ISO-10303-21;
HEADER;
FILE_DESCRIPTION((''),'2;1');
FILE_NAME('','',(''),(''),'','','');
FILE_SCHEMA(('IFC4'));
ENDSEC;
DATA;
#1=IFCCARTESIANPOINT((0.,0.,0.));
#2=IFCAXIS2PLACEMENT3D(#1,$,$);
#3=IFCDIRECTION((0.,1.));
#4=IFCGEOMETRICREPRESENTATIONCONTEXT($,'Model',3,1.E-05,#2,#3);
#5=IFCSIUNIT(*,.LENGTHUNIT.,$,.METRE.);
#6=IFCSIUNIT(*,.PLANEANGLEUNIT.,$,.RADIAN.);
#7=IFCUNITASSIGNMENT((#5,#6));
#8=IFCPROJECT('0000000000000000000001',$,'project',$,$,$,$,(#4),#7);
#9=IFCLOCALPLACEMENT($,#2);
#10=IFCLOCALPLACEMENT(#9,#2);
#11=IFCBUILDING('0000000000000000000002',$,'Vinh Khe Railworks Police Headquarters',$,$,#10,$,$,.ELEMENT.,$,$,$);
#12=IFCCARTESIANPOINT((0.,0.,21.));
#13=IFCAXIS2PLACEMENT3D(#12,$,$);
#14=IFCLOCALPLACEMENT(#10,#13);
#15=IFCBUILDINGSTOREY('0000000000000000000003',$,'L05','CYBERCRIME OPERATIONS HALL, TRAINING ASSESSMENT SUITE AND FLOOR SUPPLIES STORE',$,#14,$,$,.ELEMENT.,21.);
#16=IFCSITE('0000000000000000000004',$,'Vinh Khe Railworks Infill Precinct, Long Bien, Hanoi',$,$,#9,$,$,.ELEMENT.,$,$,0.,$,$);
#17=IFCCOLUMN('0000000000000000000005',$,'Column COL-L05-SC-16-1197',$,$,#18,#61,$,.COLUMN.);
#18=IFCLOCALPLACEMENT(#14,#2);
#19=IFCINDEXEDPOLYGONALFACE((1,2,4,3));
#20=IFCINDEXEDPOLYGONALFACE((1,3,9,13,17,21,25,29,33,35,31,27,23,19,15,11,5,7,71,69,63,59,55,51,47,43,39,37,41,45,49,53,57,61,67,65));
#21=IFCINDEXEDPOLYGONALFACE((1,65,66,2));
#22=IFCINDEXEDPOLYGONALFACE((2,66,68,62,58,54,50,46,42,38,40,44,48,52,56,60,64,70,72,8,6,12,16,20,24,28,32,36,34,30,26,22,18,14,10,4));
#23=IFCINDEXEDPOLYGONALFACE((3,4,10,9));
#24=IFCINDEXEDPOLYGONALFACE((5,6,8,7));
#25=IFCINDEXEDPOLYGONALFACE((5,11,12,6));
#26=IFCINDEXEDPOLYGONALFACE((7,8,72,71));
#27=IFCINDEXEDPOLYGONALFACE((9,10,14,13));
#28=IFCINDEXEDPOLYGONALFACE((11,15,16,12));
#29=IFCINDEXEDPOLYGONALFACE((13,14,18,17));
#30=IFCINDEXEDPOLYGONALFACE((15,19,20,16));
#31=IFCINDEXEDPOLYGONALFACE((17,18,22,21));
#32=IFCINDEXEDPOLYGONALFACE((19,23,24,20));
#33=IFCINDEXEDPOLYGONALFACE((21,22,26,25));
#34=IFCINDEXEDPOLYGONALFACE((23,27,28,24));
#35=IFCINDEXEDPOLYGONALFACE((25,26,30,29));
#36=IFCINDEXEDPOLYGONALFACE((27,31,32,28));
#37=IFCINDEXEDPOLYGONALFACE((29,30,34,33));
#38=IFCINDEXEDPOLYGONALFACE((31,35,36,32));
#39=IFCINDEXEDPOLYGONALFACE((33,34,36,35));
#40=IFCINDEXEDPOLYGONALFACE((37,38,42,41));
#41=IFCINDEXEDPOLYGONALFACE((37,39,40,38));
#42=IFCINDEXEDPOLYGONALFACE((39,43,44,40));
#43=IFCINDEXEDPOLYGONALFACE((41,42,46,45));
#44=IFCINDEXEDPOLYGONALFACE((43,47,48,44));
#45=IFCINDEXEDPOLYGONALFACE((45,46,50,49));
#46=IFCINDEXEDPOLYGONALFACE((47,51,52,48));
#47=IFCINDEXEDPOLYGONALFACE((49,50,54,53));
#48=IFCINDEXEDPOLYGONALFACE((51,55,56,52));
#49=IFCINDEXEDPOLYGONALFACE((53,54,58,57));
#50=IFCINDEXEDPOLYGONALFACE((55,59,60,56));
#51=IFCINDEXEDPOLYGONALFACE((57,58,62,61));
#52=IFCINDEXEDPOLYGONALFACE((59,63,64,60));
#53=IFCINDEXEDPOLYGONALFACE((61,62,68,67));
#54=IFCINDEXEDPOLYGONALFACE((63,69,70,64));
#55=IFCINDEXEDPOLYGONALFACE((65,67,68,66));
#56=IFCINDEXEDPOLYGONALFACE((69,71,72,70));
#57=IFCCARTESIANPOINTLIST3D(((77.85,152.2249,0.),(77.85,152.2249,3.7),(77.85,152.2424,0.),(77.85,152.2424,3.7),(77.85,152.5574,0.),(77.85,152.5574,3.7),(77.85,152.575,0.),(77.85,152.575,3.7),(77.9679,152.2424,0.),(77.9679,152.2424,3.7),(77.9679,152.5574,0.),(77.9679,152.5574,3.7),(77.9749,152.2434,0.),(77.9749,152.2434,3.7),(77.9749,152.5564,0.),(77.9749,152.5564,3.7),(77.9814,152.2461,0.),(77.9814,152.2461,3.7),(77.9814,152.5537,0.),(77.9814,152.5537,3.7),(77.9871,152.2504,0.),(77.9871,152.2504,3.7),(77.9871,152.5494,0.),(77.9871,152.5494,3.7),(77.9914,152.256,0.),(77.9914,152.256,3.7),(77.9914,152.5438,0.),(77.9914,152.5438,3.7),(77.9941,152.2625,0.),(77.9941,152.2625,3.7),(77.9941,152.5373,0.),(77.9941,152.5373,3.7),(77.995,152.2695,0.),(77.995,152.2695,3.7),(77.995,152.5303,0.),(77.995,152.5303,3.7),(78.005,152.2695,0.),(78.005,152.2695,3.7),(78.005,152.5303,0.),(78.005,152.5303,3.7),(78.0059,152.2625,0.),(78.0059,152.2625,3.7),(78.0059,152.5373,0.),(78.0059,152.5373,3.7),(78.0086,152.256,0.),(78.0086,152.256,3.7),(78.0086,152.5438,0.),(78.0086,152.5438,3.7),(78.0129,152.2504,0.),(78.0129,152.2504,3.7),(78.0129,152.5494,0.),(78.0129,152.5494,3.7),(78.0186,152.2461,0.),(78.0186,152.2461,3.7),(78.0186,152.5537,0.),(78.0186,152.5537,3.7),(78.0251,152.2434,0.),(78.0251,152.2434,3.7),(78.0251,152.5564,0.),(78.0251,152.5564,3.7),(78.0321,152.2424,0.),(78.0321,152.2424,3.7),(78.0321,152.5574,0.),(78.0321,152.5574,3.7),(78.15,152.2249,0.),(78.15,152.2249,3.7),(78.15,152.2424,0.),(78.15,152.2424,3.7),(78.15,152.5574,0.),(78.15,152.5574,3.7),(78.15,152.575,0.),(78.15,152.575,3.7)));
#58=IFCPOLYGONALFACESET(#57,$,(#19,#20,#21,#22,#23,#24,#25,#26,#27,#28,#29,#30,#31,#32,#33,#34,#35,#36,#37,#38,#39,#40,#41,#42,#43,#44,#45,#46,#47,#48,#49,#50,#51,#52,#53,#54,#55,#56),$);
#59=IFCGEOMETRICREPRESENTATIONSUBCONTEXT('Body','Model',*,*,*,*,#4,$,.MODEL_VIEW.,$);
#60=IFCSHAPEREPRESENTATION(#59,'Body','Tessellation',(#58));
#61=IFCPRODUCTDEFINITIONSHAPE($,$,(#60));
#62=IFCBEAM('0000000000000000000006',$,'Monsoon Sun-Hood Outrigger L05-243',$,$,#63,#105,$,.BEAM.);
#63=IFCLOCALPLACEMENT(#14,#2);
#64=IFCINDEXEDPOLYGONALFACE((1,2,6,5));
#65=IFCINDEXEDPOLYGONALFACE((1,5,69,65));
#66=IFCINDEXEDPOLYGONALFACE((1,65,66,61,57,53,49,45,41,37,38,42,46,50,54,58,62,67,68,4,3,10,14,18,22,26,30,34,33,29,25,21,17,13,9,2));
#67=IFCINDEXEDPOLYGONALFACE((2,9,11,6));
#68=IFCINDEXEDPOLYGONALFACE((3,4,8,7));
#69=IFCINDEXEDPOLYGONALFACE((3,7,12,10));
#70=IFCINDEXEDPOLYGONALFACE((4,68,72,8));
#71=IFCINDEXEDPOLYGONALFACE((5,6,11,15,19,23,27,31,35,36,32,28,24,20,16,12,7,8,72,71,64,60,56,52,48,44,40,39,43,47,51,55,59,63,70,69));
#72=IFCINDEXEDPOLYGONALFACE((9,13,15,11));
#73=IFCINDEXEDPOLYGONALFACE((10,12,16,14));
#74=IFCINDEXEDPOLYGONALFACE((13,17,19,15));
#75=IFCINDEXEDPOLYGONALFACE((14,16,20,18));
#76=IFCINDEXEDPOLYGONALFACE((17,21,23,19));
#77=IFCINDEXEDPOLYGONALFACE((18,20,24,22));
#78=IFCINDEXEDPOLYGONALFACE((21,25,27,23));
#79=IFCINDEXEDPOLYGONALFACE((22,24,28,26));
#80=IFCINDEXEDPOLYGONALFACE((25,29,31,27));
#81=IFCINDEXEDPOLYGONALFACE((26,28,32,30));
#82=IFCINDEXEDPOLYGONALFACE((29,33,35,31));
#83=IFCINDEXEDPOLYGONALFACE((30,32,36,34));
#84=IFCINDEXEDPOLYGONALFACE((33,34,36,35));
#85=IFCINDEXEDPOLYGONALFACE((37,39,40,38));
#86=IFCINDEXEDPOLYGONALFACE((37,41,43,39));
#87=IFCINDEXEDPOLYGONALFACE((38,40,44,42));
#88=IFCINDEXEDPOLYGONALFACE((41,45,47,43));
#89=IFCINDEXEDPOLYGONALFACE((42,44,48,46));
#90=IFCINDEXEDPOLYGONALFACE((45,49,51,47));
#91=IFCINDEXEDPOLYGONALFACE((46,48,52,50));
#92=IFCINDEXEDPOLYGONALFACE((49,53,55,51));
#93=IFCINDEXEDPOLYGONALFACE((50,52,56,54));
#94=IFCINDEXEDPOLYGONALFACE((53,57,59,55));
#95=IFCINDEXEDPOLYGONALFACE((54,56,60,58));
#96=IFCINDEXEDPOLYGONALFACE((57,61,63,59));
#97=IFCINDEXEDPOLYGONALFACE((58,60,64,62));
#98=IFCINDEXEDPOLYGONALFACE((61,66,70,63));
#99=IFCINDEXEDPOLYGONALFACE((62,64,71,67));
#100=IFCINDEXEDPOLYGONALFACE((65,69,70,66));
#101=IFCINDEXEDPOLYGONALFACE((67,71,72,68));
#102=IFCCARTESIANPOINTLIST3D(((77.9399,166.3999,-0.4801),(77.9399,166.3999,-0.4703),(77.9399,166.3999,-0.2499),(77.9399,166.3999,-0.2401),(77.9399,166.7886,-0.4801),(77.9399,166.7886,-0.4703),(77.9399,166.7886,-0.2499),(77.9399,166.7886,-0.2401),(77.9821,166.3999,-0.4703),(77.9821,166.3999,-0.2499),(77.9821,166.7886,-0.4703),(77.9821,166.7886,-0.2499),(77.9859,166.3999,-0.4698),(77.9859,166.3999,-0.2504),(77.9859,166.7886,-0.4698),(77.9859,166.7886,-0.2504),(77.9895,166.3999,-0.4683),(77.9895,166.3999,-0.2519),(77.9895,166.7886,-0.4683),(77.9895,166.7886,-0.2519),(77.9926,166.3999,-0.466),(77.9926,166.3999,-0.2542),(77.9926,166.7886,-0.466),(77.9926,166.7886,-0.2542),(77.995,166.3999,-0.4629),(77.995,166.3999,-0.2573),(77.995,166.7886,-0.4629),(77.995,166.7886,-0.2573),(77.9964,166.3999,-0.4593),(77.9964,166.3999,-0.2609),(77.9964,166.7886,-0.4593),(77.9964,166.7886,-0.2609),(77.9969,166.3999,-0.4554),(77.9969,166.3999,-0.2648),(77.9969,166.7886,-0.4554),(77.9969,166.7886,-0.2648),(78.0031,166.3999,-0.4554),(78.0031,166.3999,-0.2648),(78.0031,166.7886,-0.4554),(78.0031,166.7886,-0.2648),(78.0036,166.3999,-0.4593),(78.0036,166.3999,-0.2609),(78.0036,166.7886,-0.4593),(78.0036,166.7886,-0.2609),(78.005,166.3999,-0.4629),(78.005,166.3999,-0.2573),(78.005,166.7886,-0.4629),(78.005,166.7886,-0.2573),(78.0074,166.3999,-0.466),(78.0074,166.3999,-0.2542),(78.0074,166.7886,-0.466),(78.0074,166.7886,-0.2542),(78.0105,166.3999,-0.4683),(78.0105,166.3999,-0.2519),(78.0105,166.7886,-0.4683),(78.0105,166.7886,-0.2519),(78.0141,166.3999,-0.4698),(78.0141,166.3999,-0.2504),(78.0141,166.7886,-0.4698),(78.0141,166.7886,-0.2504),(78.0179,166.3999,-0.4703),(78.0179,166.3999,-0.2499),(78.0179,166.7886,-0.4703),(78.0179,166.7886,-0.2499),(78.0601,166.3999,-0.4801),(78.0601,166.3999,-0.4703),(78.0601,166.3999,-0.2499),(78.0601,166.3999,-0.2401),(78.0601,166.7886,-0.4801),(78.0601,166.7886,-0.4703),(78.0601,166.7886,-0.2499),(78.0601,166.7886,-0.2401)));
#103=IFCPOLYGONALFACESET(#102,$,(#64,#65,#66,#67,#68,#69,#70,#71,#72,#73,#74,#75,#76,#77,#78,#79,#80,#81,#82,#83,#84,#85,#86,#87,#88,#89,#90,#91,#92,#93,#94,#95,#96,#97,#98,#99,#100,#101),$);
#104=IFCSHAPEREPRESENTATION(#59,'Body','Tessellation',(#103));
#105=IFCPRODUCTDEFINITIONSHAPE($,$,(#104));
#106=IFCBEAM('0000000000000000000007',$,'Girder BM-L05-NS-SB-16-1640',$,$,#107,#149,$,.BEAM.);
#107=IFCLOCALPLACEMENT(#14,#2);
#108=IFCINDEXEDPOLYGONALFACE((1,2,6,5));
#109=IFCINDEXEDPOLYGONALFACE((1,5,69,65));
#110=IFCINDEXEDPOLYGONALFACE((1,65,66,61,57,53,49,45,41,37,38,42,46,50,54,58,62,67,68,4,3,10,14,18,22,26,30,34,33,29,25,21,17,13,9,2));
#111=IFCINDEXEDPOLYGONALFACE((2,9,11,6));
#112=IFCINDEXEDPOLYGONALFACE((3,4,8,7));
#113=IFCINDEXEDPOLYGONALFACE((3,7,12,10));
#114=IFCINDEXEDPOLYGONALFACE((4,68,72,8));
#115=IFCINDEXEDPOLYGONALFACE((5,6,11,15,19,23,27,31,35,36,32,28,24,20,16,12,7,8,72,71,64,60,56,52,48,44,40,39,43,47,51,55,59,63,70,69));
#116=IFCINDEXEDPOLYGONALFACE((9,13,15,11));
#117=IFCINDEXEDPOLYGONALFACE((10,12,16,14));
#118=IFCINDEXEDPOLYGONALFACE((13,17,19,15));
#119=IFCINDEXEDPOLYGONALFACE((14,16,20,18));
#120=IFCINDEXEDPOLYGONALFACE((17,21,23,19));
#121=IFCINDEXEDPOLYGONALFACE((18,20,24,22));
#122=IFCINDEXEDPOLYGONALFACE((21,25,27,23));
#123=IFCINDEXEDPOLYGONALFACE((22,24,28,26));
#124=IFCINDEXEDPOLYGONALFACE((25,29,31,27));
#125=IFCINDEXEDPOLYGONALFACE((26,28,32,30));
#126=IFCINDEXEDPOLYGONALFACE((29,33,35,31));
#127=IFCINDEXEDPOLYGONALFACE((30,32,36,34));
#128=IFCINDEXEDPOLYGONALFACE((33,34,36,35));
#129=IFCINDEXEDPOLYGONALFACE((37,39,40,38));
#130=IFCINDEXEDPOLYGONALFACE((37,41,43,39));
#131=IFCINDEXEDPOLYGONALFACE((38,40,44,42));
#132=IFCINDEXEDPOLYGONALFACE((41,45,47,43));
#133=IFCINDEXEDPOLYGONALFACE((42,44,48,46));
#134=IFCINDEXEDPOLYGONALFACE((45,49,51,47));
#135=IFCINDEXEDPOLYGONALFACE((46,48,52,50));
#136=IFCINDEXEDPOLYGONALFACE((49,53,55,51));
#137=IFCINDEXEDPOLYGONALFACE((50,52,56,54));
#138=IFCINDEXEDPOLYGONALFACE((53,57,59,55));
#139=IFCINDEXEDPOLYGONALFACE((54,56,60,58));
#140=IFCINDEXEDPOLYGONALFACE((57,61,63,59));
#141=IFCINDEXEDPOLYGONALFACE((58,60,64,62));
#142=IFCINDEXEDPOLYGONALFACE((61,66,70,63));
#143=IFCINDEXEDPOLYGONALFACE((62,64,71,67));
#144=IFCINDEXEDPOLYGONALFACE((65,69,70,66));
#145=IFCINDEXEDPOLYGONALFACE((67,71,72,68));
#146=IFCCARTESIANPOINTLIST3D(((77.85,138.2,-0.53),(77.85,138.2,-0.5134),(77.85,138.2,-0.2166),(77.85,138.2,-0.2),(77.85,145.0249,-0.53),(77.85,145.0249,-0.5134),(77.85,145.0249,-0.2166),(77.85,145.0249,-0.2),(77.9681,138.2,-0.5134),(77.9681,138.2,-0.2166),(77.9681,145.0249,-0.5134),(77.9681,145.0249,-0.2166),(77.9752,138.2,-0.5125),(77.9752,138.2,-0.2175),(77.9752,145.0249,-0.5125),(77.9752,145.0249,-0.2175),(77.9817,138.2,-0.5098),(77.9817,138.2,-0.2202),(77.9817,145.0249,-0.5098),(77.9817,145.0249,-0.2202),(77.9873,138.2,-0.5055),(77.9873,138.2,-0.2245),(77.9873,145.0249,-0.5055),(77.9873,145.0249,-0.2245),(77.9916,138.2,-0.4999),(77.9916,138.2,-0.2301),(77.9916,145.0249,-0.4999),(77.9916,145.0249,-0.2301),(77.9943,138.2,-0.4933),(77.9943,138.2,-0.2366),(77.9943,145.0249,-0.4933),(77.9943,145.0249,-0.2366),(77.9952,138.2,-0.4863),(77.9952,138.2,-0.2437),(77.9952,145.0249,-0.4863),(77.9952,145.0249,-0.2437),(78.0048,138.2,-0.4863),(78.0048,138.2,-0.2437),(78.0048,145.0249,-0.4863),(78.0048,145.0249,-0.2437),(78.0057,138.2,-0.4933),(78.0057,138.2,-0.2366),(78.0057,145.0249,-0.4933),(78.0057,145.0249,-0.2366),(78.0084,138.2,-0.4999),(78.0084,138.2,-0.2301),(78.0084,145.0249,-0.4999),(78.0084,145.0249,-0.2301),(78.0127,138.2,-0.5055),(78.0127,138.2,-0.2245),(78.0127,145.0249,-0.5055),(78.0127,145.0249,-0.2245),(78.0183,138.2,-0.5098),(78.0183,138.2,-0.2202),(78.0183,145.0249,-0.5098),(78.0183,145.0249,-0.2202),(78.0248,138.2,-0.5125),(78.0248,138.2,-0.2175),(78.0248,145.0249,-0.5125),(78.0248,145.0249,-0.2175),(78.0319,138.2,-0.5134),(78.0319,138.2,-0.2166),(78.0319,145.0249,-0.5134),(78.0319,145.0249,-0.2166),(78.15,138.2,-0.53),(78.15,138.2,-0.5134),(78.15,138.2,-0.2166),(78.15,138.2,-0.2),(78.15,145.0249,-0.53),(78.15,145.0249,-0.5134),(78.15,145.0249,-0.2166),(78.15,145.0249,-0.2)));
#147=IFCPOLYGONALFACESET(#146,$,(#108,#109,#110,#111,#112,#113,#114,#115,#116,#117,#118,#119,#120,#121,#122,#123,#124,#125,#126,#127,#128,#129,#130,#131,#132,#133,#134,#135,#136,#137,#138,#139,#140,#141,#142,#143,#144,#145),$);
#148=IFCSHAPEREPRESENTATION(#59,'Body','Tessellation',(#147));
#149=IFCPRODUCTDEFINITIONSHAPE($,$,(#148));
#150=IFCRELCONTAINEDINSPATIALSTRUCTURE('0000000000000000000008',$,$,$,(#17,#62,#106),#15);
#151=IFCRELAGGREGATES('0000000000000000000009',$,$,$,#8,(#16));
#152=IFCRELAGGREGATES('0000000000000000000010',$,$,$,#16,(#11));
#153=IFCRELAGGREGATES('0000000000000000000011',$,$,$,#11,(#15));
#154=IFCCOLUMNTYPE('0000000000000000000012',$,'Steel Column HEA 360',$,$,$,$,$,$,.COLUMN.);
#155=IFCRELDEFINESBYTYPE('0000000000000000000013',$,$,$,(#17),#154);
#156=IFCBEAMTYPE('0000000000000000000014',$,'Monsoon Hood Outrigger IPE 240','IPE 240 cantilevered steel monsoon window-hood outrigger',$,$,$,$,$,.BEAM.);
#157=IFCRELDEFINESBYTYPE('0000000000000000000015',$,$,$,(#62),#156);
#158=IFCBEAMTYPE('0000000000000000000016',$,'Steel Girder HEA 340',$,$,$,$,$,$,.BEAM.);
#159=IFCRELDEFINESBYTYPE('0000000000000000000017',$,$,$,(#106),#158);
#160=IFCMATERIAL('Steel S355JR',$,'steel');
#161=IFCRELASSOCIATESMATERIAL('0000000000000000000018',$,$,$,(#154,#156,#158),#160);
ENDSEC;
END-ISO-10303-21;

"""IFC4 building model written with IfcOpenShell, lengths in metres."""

from ifc_helpers import new_model, si_unit, direction, frame, origin, origin_2d, place, context, subcontext, project, spatial, i_section, extrude, material, material_profile, profile_set, type_object, element, save


model = new_model("IFC4")

# Units and contexts
model_context = context("Model", 3, precision=1e-05, world=origin(), true_north=direction((0.0, 1.0)))
body_context = subcontext(model_context, "Body", "Model", "MODEL_VIEW")
ifc_project = project(units=[si_unit("LENGTHUNIT", "METRE"), si_unit("PLANEANGLEUNIT", "RADIAN")], contexts=[model_context])

# Site, building, storey
site_placement = place(None, origin())
site = spatial("IfcSite", under=ifc_project, at=site_placement, Name="Vinh Khe Railworks Infill Precinct, Long Bien, Hanoi", CompositionType="ELEMENT", RefElevation=0.0)
building_placement = place(site_placement, origin())
building = spatial("IfcBuilding", under=site, at=building_placement, Name="Vinh Khe Railworks Police Headquarters", CompositionType="ELEMENT")
storey_placement = place(building_placement, frame((0.0, 0.0, 21.0)))
storey = spatial("IfcBuildingStorey", under=building, at=storey_placement, Name="L05", Description="CYBERCRIME OPERATIONS HALL, TRAINING ASSESSMENT SUITE AND FLOOR SUPPLIES STORE", CompositionType="ELEMENT", Elevation=21.0)

# Column
ifc_material_1 = material(Name="Steel S355JR", Category="steel")
ifc_material_profile_1 = material_profile(ifc_material_1, i_section(OverallWidth=0.3, OverallDepth=0.3501, WebThickness=0.01, FlangeThickness=0.0176, FilletRadius=0.0271, at=origin_2d()), Name="HEA 360")
ifc_profile_set_1 = profile_set([ifc_material_profile_1], Name="Steel S355JR")
column_type_1 = type_object("IfcColumnType", Name="Steel Column HEA 360", PredefinedType="COLUMN", material=ifc_profile_set_1)
column_1_placement = place(storey_placement, frame((78.0, 152.3999, 0.0), z_axis=(0.0, 0.0, 1.0), x_axis=(1.0, 0.0, 0.0)))
element("IfcColumn", 1, at=column_1_placement, inside=storey, type_object=column_type_1, Name="Column COL-L05-SC-16-1197", PredefinedType="COLUMN", context=body_context, shape_type="SweptSolid", body=[
    extrude(i_section(OverallWidth=0.3, OverallDepth=0.3501, WebThickness=0.01, FlangeThickness=0.0176, FilletRadius=0.0271, at=origin_2d()), origin(), (0.0, 0.0, 1.0), 3.7),
])

# Beams
ifc_material_profile_2 = material_profile(ifc_material_1, i_section(OverallWidth=0.1201, OverallDepth=0.24, WebThickness=0.0061, FlangeThickness=0.0098, FilletRadius=0.0149, at=origin_2d()), Name="IPE 240")
ifc_profile_set_2 = profile_set([ifc_material_profile_2], Name="Steel S355JR")
beam_type_1 = type_object("IfcBeamType", Name="Monsoon Hood Outrigger IPE 240", Description="IPE 240 cantilevered steel monsoon window-hood outrigger", PredefinedType="BEAM", material=ifc_profile_set_2)
beam_1_placement = place(storey_placement, frame((78.0, 166.3999, -0.3601), z_axis=(0.0, 1.0, 0.0), x_axis=(-1.0, 0.0, 0.0)))
element("IfcBeam", 2, at=beam_1_placement, inside=storey, type_object=beam_type_1, Name="Monsoon Sun-Hood Outrigger L05-243", PredefinedType="BEAM", context=body_context, shape_type="SweptSolid", body=[
    extrude(i_section(OverallWidth=0.1201, OverallDepth=0.24, WebThickness=0.0061, FlangeThickness=0.0098, FilletRadius=0.0149, at=origin_2d()), origin(), (0.0, 0.0, 1.0), 0.3887),
])
ifc_material_profile_3 = material_profile(ifc_material_1, i_section(OverallWidth=0.3, OverallDepth=0.3301, WebThickness=0.0095, FlangeThickness=0.0166, FilletRadius=0.0271, at=origin_2d()), Name="HEA 340")
ifc_profile_set_3 = profile_set([ifc_material_profile_3], Name="Steel S355JR")
beam_type_2 = type_object("IfcBeamType", Name="Steel Girder HEA 340", PredefinedType="BEAM", material=ifc_profile_set_3)
beam_2_placement = place(storey_placement, frame((78.0, 138.2, -0.365), z_axis=(0.0, 1.0, 0.0), x_axis=(-1.0, 0.0, 0.0)))
element("IfcBeam", 3, at=beam_2_placement, inside=storey, type_object=beam_type_2, Name="Girder BM-L05-NS-SB-16-1640", PredefinedType="BEAM", context=body_context, shape_type="SweptSolid", body=[
    extrude(i_section(OverallWidth=0.3, OverallDepth=0.3301, WebThickness=0.0095, FlangeThickness=0.0166, FilletRadius=0.0271, at=origin_2d()), origin(), (0.0, 0.0, 1.0), 6.825),
])

save(model, "model.ifc")
